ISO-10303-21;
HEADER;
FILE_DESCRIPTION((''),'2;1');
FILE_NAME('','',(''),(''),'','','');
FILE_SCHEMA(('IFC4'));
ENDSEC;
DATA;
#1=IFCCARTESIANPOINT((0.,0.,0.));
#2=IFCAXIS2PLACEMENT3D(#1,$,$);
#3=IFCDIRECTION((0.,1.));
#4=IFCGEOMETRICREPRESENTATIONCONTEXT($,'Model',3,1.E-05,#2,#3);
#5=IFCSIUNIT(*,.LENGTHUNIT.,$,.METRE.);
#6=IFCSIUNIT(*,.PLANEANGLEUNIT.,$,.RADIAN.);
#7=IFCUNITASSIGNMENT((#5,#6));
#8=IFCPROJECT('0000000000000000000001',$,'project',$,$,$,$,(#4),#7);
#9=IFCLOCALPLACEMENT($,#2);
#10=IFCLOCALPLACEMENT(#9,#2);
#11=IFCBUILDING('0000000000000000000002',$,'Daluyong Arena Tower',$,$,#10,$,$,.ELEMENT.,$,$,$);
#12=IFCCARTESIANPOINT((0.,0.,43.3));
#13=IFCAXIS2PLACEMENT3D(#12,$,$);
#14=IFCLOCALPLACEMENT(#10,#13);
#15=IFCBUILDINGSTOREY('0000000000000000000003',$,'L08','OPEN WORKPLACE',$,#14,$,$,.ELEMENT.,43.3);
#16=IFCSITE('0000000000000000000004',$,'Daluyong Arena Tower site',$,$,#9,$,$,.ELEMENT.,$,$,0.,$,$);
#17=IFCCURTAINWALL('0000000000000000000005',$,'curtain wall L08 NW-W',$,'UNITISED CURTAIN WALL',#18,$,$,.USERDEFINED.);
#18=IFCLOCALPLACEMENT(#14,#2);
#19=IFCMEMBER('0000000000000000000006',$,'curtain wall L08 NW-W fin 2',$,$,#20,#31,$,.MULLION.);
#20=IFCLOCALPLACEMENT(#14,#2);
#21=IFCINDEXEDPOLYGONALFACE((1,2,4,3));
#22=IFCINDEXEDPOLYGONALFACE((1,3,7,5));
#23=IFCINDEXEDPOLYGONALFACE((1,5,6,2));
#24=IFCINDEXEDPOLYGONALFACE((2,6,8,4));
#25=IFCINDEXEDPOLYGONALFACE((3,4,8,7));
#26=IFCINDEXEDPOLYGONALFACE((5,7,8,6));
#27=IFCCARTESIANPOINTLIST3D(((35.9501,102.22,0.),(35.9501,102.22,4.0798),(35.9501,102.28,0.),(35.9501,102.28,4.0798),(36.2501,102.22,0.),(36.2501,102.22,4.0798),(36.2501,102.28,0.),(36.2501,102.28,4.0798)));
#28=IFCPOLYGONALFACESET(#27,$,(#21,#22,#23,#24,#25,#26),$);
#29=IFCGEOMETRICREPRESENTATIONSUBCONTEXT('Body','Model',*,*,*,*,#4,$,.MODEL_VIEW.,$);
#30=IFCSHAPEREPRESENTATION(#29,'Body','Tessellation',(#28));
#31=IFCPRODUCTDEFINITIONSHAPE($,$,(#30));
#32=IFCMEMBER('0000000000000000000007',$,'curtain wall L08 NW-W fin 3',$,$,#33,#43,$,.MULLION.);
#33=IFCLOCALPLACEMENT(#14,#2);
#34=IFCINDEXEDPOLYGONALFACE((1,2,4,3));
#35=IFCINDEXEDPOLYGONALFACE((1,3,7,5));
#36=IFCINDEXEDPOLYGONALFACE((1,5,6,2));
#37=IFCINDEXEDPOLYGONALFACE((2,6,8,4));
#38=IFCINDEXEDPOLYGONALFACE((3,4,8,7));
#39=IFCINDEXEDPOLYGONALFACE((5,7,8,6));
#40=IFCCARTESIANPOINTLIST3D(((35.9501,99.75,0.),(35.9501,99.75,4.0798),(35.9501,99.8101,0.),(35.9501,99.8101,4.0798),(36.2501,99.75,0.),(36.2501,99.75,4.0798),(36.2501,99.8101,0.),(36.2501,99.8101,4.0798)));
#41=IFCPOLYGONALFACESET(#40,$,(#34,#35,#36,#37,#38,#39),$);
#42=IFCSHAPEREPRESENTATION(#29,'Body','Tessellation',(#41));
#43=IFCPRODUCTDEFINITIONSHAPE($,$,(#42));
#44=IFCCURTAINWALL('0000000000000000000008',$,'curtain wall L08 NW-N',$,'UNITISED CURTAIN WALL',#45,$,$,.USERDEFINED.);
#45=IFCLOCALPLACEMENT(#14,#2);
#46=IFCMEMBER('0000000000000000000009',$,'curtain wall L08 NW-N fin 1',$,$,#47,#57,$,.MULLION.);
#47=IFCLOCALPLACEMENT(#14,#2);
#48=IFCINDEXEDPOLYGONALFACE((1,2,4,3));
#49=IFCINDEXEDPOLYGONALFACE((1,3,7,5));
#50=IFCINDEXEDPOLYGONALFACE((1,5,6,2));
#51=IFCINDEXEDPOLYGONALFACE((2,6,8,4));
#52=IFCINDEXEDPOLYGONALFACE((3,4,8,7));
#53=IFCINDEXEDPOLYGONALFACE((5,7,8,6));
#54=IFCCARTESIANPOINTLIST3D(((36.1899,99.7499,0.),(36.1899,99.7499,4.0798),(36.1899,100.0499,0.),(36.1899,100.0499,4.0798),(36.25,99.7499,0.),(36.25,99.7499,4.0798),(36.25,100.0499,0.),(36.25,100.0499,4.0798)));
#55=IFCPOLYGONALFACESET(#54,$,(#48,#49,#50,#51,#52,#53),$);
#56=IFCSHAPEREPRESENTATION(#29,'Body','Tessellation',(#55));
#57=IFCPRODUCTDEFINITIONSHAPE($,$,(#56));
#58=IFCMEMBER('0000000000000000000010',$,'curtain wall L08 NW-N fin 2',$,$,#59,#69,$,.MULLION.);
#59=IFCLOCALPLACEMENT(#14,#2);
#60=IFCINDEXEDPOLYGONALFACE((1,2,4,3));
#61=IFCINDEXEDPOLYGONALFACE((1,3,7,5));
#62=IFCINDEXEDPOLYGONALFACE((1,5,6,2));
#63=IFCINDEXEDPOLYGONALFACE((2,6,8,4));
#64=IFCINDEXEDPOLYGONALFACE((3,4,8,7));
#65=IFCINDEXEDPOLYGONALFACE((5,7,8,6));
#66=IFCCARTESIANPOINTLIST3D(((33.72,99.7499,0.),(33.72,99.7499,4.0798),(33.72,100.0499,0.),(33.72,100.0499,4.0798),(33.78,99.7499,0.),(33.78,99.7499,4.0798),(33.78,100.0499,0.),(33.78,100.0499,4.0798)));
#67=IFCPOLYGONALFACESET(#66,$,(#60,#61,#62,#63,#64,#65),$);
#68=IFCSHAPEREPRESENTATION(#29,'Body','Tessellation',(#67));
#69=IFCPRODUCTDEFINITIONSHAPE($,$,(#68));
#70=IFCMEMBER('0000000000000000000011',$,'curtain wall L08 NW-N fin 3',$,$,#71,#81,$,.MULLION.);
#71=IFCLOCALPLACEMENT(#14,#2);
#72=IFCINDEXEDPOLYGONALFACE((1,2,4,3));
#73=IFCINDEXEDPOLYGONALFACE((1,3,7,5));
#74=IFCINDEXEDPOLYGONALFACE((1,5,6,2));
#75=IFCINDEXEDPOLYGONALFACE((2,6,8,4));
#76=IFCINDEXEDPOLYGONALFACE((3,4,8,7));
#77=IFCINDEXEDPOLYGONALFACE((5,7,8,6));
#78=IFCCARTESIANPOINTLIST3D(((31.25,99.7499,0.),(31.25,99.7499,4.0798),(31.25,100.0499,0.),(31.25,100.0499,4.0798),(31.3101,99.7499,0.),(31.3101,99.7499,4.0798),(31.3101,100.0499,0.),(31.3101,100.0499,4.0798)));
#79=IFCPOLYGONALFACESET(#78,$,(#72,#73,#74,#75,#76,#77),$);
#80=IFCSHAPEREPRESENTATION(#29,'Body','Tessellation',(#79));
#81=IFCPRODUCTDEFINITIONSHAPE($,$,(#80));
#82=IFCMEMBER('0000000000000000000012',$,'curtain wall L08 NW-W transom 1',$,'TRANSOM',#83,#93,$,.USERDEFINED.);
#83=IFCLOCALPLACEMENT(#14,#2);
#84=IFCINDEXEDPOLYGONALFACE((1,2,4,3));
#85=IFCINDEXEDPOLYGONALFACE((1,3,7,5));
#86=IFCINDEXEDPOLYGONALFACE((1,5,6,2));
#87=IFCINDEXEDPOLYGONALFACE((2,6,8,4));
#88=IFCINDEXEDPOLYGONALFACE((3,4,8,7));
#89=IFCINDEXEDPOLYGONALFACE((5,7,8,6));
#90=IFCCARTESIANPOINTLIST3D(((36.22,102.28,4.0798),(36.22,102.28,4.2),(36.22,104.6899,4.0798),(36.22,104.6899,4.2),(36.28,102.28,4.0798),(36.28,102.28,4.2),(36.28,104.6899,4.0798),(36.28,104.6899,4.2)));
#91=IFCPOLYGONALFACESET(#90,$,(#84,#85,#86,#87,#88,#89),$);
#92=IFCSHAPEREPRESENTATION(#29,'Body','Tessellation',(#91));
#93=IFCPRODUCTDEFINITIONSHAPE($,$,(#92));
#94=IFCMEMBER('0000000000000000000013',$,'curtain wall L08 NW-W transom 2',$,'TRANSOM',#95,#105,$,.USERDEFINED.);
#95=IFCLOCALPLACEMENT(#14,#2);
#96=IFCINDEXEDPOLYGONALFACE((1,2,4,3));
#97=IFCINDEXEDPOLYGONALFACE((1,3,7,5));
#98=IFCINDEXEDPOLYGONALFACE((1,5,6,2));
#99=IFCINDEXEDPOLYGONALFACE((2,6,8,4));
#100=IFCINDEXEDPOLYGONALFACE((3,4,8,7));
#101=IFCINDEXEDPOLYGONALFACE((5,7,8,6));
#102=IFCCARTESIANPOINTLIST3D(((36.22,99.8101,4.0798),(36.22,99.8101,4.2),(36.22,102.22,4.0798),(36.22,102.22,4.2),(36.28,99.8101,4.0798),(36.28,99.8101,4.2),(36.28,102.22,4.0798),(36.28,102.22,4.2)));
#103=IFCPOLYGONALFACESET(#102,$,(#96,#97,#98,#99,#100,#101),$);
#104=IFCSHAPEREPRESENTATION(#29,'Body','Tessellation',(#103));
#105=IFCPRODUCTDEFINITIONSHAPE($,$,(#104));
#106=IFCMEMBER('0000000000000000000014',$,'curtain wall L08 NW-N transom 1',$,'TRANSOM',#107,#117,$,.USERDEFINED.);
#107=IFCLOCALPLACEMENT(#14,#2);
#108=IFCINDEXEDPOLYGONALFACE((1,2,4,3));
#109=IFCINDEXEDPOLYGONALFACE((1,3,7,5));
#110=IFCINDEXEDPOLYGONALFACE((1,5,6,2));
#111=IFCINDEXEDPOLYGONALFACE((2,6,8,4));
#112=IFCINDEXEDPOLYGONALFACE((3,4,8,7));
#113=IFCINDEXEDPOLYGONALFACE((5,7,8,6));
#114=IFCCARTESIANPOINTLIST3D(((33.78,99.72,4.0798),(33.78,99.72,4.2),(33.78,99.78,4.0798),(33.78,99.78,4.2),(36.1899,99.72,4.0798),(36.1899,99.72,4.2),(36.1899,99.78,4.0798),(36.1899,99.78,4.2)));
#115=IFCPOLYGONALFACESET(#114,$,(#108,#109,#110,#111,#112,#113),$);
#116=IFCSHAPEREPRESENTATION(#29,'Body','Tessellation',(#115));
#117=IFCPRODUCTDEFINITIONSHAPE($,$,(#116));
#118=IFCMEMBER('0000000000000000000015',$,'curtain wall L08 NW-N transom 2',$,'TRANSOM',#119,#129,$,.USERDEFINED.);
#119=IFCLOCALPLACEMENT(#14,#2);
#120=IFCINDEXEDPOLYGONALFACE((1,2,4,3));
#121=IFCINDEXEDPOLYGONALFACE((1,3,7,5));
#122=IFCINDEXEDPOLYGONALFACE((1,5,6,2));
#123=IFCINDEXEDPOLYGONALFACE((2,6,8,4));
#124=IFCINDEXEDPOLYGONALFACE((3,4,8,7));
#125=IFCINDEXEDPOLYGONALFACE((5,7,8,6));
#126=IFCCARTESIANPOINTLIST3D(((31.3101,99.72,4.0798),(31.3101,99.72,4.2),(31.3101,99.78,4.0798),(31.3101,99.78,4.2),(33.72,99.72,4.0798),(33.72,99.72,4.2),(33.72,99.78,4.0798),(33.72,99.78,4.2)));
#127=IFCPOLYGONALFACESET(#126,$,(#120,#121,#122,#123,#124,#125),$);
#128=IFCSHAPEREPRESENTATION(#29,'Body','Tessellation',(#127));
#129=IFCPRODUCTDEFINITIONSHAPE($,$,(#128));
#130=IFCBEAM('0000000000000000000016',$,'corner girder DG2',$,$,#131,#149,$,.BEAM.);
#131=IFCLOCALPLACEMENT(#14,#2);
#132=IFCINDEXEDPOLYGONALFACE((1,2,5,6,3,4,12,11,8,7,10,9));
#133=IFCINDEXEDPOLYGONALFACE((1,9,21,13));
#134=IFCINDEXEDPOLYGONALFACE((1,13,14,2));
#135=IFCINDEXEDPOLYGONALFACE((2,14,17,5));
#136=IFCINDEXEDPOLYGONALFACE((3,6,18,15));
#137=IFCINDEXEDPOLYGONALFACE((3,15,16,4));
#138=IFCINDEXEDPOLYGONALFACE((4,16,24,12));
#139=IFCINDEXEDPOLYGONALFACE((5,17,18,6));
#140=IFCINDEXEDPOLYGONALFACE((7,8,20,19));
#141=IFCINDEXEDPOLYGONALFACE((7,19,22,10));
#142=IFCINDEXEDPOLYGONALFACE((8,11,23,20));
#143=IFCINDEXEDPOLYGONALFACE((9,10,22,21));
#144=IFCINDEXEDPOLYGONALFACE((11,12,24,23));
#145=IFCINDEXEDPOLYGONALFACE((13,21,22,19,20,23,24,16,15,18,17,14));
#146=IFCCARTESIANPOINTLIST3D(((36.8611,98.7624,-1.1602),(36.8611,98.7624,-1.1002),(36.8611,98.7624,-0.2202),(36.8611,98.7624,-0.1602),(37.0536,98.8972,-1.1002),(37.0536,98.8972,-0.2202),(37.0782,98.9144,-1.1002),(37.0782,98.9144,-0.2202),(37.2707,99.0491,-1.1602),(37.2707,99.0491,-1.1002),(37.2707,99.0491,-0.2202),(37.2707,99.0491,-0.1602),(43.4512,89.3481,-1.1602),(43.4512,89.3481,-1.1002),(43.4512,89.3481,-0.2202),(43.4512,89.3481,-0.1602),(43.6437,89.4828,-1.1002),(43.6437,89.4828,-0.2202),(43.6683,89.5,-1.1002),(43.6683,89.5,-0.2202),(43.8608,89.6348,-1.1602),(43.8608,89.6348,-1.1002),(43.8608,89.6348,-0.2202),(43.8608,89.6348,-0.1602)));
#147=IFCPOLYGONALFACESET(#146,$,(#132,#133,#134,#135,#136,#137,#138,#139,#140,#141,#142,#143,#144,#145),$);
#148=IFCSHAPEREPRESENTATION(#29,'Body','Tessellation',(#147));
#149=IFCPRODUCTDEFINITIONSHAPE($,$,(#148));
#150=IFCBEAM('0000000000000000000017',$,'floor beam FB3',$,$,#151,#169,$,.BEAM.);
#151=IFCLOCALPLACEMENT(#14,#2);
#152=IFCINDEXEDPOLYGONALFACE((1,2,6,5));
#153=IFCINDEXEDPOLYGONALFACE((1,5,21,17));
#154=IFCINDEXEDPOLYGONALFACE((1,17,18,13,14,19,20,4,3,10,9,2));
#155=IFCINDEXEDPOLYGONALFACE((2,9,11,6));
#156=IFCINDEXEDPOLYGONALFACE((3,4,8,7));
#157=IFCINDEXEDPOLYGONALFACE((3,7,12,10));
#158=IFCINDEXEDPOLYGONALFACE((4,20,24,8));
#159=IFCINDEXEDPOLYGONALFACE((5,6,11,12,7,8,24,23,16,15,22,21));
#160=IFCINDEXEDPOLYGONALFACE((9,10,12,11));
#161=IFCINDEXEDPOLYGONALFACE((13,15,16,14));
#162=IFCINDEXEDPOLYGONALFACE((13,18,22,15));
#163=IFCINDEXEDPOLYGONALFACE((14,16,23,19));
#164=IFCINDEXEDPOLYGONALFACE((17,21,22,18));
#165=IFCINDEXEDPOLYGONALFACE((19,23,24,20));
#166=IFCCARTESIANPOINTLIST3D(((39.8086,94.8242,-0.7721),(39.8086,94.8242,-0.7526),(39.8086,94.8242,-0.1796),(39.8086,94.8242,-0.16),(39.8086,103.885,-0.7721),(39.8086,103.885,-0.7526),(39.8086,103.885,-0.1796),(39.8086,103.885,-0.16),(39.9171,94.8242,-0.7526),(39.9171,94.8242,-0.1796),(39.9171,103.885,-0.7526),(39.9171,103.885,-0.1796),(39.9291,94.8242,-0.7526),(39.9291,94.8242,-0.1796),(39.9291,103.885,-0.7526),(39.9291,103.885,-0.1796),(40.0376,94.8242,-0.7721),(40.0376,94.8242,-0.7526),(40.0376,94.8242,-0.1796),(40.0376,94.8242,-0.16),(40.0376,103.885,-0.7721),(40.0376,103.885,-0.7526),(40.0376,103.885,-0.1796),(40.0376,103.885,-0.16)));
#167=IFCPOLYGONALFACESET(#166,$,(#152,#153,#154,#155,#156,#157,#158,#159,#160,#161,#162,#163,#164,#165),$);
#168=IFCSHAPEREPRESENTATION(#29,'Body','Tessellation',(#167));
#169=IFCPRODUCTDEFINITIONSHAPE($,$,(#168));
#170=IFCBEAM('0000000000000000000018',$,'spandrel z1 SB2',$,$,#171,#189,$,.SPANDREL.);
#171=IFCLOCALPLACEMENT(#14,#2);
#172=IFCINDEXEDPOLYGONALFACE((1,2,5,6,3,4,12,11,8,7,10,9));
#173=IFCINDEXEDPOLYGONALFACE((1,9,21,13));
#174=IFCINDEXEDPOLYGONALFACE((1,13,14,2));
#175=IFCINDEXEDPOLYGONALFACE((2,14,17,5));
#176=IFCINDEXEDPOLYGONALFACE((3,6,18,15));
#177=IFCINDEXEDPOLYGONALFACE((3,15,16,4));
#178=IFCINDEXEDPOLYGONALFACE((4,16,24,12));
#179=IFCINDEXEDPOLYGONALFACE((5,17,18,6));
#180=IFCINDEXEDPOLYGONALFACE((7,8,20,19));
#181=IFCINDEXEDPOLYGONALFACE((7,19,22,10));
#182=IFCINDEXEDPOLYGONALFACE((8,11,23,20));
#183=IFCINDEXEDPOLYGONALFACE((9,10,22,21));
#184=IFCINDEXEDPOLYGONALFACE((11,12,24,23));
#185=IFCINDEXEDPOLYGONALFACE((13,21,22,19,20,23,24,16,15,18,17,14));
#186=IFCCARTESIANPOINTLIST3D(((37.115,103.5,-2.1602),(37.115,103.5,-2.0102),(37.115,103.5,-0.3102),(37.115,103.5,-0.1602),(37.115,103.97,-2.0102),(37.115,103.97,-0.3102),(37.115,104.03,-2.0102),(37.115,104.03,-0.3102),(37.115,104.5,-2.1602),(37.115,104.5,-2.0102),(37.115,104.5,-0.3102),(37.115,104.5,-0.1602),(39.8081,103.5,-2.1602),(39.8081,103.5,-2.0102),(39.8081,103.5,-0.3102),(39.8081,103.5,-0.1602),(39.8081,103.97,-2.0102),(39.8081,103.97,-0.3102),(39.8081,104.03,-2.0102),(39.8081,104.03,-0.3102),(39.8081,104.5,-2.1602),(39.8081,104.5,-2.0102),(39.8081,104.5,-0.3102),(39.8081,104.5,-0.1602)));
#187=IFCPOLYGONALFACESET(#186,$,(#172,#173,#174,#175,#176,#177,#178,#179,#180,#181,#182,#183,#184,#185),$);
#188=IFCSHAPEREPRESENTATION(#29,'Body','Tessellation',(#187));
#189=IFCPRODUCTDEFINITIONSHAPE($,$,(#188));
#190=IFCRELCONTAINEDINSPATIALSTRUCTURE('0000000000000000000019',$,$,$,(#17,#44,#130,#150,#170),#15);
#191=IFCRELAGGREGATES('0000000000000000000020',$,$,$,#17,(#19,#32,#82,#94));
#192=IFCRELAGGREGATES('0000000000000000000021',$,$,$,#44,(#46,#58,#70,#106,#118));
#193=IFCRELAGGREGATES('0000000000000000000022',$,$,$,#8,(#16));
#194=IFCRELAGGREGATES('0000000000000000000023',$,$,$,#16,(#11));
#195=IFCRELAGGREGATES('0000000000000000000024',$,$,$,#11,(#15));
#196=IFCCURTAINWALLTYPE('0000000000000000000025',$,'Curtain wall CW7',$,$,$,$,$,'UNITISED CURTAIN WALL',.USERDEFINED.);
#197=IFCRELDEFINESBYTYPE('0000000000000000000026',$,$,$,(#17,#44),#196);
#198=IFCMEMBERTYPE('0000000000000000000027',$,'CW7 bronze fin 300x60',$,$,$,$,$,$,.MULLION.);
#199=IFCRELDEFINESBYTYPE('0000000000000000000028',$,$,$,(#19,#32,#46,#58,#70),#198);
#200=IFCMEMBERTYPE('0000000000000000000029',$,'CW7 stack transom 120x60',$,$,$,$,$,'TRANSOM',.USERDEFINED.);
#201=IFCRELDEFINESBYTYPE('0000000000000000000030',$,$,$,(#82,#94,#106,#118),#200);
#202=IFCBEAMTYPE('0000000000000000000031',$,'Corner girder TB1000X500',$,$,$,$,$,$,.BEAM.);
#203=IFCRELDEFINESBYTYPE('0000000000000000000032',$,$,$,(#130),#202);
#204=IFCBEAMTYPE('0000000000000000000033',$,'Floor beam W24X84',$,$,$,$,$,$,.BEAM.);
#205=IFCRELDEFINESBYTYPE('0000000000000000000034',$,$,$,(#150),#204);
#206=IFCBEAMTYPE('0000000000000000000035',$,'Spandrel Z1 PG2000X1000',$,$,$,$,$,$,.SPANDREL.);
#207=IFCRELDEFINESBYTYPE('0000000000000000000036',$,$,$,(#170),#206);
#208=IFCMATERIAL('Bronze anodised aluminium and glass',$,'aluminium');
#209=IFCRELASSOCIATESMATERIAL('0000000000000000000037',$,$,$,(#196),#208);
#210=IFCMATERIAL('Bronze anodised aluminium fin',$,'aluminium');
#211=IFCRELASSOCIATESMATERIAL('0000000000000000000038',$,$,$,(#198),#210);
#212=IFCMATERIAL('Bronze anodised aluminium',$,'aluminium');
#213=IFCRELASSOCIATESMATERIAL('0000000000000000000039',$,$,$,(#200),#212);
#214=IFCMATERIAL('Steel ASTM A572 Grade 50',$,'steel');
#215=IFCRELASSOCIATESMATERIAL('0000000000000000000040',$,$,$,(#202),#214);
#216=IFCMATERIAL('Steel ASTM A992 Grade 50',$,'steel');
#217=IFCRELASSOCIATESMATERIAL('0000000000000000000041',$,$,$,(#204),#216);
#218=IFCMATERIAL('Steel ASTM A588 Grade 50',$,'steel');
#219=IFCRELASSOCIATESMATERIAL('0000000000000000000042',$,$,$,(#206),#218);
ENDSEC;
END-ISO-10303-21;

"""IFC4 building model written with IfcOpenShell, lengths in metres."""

from ifc_helpers import new_model, si_unit, direction, frame, origin, origin_2d, place, context, subcontext, project, spatial, rectangle, i_section, extrude, material, material_profile, profile_set, type_object, element, aggregate, save


model = new_model("IFC4")

# Units and contexts
model_context = context("Model", 3, precision=1e-05, world=origin(), true_north=direction((0.0, 1.0)))
body_context = subcontext(model_context, "Body", "Model", "MODEL_VIEW")
ifc_project = project(units=[si_unit("LENGTHUNIT", "METRE"), si_unit("PLANEANGLEUNIT", "RADIAN")], contexts=[model_context])

# Site, building, storey
site_placement = place(None, origin())
site = spatial("IfcSite", under=ifc_project, at=site_placement, Name="Daluyong Arena Tower site", CompositionType="ELEMENT", RefElevation=0.0)
building_placement = place(site_placement, origin())
building = spatial("IfcBuilding", under=site, at=building_placement, Name="Daluyong Arena Tower", CompositionType="ELEMENT")
storey_placement = place(building_placement, frame((0.0, 0.0, 43.3)))
storey = spatial("IfcBuildingStorey", under=building, at=storey_placement, Name="L08", Description="OPEN WORKPLACE", CompositionType="ELEMENT", Elevation=43.3)

# Curtain walls, members
ifc_material_1 = material(Name="Bronze anodised aluminium and glass", Category="aluminium")
curtain_wall_type_1 = type_object("IfcCurtainWallType", Name="Curtain wall CW7", ElementType="UNITISED CURTAIN WALL", PredefinedType="USERDEFINED", material=ifc_material_1)
curtain_wall_1_placement = place(storey_placement, origin())
curtain_wall_1 = element("IfcCurtainWall", 1, at=curtain_wall_1_placement, inside=storey, type_object=curtain_wall_type_1, Name="curtain wall L08 NW-W", ObjectType="UNITISED CURTAIN WALL", PredefinedType="USERDEFINED")
ifc_material_2 = material(Name="Bronze anodised aluminium fin", Category="aluminium")
ifc_material_profile_1 = material_profile(ifc_material_2, rectangle(XDim=0.3, YDim=0.0601, at=origin_2d()))
ifc_profile_set_1 = profile_set([ifc_material_profile_1], Name="Bronze anodised aluminium fin")
member_type_1 = type_object("IfcMemberType", Name="CW7 bronze fin 300x60", PredefinedType="MULLION", material=ifc_profile_set_1)
member_1_placement = place(storey_placement, frame((36.1001, 102.25, 0.0), z_axis=(0.0, 0.0, 1.0), x_axis=(1.0, 0.0, 0.0)))
member_1 = element("IfcMember", 2, at=member_1_placement, type_object=member_type_1, Name="curtain wall L08 NW-W fin 2", PredefinedType="MULLION", context=body_context, shape_type="SweptSolid", body=[
    extrude(rectangle(XDim=0.3, YDim=0.0601, at=origin_2d()), origin(), (0.0, 0.0, 1.0), 4.0798),
])
member_2_placement = place(storey_placement, frame((36.1001, 99.78, 0.0), z_axis=(0.0, 0.0, 1.0), x_axis=(1.0, 0.0, 0.0)))
member_2 = element("IfcMember", 3, at=member_2_placement, type_object=member_type_1, Name="curtain wall L08 NW-W fin 3", PredefinedType="MULLION", context=body_context, shape_type="SweptSolid", body=[
    extrude(rectangle(XDim=0.3, YDim=0.0601, at=origin_2d()), origin(), (0.0, 0.0, 1.0), 4.0798),
])
curtain_wall_2_placement = place(storey_placement, origin())
curtain_wall_2 = element("IfcCurtainWall", 4, at=curtain_wall_2_placement, inside=storey, type_object=curtain_wall_type_1, Name="curtain wall L08 NW-N", ObjectType="UNITISED CURTAIN WALL", PredefinedType="USERDEFINED")
member_3_placement = place(storey_placement, frame((36.22, 99.8999, 0.0), z_axis=(0.0, 0.0, 1.0), x_axis=(0.0, -1.0, 0.0)))
member_3 = element("IfcMember", 5, at=member_3_placement, type_object=member_type_1, Name="curtain wall L08 NW-N fin 1", PredefinedType="MULLION", context=body_context, shape_type="SweptSolid", body=[
    extrude(rectangle(XDim=0.3, YDim=0.0601, at=origin_2d()), origin(), (0.0, 0.0, 1.0), 4.0798),
])
member_4_placement = place(storey_placement, frame((33.75, 99.8999, 0.0), z_axis=(0.0, 0.0, 1.0), x_axis=(0.0, -1.0, 0.0)))
member_4 = element("IfcMember", 6, at=member_4_placement, type_object=member_type_1, Name="curtain wall L08 NW-N fin 2", PredefinedType="MULLION", context=body_context, shape_type="SweptSolid", body=[
    extrude(rectangle(XDim=0.3, YDim=0.0601, at=origin_2d()), origin(), (0.0, 0.0, 1.0), 4.0798),
])
member_5_placement = place(storey_placement, frame((31.28, 99.8999, 0.0), z_axis=(0.0, 0.0, 1.0), x_axis=(0.0, -1.0, 0.0)))
member_5 = element("IfcMember", 7, at=member_5_placement, type_object=member_type_1, Name="curtain wall L08 NW-N fin 3", PredefinedType="MULLION", context=body_context, shape_type="SweptSolid", body=[
    extrude(rectangle(XDim=0.3, YDim=0.0601, at=origin_2d()), origin(), (0.0, 0.0, 1.0), 4.0798),
])

# Members
ifc_material_3 = material(Name="Bronze anodised aluminium", Category="aluminium")
ifc_material_profile_2 = material_profile(ifc_material_3, rectangle(XDim=0.0601, YDim=0.1201, at=origin_2d()))
ifc_profile_set_2 = profile_set([ifc_material_profile_2], Name="Bronze anodised aluminium")
member_type_2 = type_object("IfcMemberType", Name="CW7 stack transom 120x60", ElementType="TRANSOM", PredefinedType="USERDEFINED", material=ifc_profile_set_2)
member_6_placement = place(storey_placement, frame((36.25, 104.6899, 4.1399), z_axis=(0.0, -1.0, 0.0), x_axis=(1.0, 0.0, 0.0)))
member_6 = element("IfcMember", 8, at=member_6_placement, type_object=member_type_2, Name="curtain wall L08 NW-W transom 1", ObjectType="TRANSOM", PredefinedType="USERDEFINED", context=body_context, shape_type="SweptSolid", body=[
    extrude(rectangle(XDim=0.0601, YDim=0.1201, at=origin_2d()), origin(), (0.0, 0.0, 1.0), 2.4099),
])
member_7_placement = place(storey_placement, frame((36.25, 102.22, 4.1399), z_axis=(0.0, -1.0, 0.0), x_axis=(1.0, 0.0, 0.0)))
member_7 = element("IfcMember", 9, at=member_7_placement, type_object=member_type_2, Name="curtain wall L08 NW-W transom 2", ObjectType="TRANSOM", PredefinedType="USERDEFINED", context=body_context, shape_type="SweptSolid", body=[
    extrude(rectangle(XDim=0.0601, YDim=0.1201, at=origin_2d()), origin(), (0.0, 0.0, 1.0), 2.4099),
])
member_8_placement = place(storey_placement, frame((36.1899, 99.75, 4.1399), z_axis=(-1.0, 0.0, 0.0), x_axis=(0.0, -1.0, 0.0)))
member_8 = element("IfcMember", 10, at=member_8_placement, type_object=member_type_2, Name="curtain wall L08 NW-N transom 1", ObjectType="TRANSOM", PredefinedType="USERDEFINED", context=body_context, shape_type="SweptSolid", body=[
    extrude(rectangle(XDim=0.0601, YDim=0.1201, at=origin_2d()), origin(), (0.0, 0.0, 1.0), 2.4099),
])
member_9_placement = place(storey_placement, frame((33.72, 99.75, 4.1399), z_axis=(-1.0, 0.0, 0.0), x_axis=(0.0, -1.0, 0.0)))
member_9 = element("IfcMember", 11, at=member_9_placement, type_object=member_type_2, Name="curtain wall L08 NW-N transom 2", ObjectType="TRANSOM", PredefinedType="USERDEFINED", context=body_context, shape_type="SweptSolid", body=[
    extrude(rectangle(XDim=0.0601, YDim=0.1201, at=origin_2d()), origin(), (0.0, 0.0, 1.0), 2.4099),
])

# Beams
ifc_material_4 = material(Name="Steel ASTM A572 Grade 50", Category="steel")
ifc_material_profile_3 = material_profile(ifc_material_4, i_section(OverallWidth=0.5, OverallDepth=1.0, WebThickness=0.03, FlangeThickness=0.06, at=origin_2d()))
ifc_profile_set_3 = profile_set([ifc_material_profile_3], Name="Steel ASTM A572 Grade 50")
beam_type_1 = type_object("IfcBeamType", Name="Corner girder TB1000X500", PredefinedType="BEAM", material=ifc_profile_set_3)
beam_1_placement = place(storey_placement, frame((37.0659, 98.9058, -0.6602), z_axis=(0.573467, -0.819229, 0.0), x_axis=(0.819229, 0.573467, 0.0)))
element("IfcBeam", 12, at=beam_1_placement, inside=storey, type_object=beam_type_1, Name="corner girder DG2", PredefinedType="BEAM", context=body_context, shape_type="SweptSolid", body=[
    extrude(i_section(OverallWidth=0.5, OverallDepth=1.0, WebThickness=0.03, FlangeThickness=0.06, at=origin_2d()), origin(), (0.0, 0.0, 1.0), 11.4917),
])
ifc_material_5 = material(Name="Steel ASTM A992 Grade 50", Category="steel")
ifc_material_profile_4 = material_profile(ifc_material_5, i_section(OverallWidth=0.229, OverallDepth=0.6121, WebThickness=0.012, FlangeThickness=0.0195, at=origin_2d()))
ifc_profile_set_4 = profile_set([ifc_material_profile_4], Name="Steel ASTM A992 Grade 50")
beam_type_2 = type_object("IfcBeamType", Name="Floor beam W24X84", PredefinedType="BEAM", material=ifc_profile_set_4)
beam_2_placement = place(storey_placement, frame((39.9231, 103.885, -0.4661), z_axis=(0.0, -1.0, 0.0), x_axis=(1.0, 0.0, 0.0)))
element("IfcBeam", 13, at=beam_2_placement, inside=storey, type_object=beam_type_2, Name="floor beam FB3", PredefinedType="BEAM", context=body_context, shape_type="SweptSolid", body=[
    extrude(i_section(OverallWidth=0.229, OverallDepth=0.6121, WebThickness=0.012, FlangeThickness=0.0195, at=origin_2d()), origin(), (0.0, 0.0, 1.0), 9.0608),
])
ifc_material_6 = material(Name="Steel ASTM A588 Grade 50", Category="steel")
ifc_material_profile_5 = material_profile(ifc_material_6, i_section(OverallWidth=1.0, OverallDepth=2.0, WebThickness=0.06, FlangeThickness=0.15, at=origin_2d()))
ifc_profile_set_5 = profile_set([ifc_material_profile_5], Name="Steel ASTM A588 Grade 50")
beam_type_3 = type_object("IfcBeamType", Name="Spandrel Z1 PG2000X1000", PredefinedType="SPANDREL", material=ifc_profile_set_5)
beam_3_placement = place(storey_placement, frame((39.8081, 104.0, -1.1602), z_axis=(-1.0, 0.0, 0.0), x_axis=(0.0, -1.0, 0.0)))
element("IfcBeam", 14, at=beam_3_placement, inside=storey, type_object=beam_type_3, Name="spandrel z1 SB2", PredefinedType="SPANDREL", context=body_context, shape_type="SweptSolid", body=[
    extrude(i_section(OverallWidth=1.0, OverallDepth=2.0, WebThickness=0.06, FlangeThickness=0.15, at=origin_2d()), origin(), (0.0, 0.0, 1.0), 2.6931),
])

aggregate(curtain_wall_1, [member_1, member_2, member_6, member_7])
aggregate(curtain_wall_2, [member_3, member_4, member_5, member_8, member_9])

save(model, "model.ifc")
